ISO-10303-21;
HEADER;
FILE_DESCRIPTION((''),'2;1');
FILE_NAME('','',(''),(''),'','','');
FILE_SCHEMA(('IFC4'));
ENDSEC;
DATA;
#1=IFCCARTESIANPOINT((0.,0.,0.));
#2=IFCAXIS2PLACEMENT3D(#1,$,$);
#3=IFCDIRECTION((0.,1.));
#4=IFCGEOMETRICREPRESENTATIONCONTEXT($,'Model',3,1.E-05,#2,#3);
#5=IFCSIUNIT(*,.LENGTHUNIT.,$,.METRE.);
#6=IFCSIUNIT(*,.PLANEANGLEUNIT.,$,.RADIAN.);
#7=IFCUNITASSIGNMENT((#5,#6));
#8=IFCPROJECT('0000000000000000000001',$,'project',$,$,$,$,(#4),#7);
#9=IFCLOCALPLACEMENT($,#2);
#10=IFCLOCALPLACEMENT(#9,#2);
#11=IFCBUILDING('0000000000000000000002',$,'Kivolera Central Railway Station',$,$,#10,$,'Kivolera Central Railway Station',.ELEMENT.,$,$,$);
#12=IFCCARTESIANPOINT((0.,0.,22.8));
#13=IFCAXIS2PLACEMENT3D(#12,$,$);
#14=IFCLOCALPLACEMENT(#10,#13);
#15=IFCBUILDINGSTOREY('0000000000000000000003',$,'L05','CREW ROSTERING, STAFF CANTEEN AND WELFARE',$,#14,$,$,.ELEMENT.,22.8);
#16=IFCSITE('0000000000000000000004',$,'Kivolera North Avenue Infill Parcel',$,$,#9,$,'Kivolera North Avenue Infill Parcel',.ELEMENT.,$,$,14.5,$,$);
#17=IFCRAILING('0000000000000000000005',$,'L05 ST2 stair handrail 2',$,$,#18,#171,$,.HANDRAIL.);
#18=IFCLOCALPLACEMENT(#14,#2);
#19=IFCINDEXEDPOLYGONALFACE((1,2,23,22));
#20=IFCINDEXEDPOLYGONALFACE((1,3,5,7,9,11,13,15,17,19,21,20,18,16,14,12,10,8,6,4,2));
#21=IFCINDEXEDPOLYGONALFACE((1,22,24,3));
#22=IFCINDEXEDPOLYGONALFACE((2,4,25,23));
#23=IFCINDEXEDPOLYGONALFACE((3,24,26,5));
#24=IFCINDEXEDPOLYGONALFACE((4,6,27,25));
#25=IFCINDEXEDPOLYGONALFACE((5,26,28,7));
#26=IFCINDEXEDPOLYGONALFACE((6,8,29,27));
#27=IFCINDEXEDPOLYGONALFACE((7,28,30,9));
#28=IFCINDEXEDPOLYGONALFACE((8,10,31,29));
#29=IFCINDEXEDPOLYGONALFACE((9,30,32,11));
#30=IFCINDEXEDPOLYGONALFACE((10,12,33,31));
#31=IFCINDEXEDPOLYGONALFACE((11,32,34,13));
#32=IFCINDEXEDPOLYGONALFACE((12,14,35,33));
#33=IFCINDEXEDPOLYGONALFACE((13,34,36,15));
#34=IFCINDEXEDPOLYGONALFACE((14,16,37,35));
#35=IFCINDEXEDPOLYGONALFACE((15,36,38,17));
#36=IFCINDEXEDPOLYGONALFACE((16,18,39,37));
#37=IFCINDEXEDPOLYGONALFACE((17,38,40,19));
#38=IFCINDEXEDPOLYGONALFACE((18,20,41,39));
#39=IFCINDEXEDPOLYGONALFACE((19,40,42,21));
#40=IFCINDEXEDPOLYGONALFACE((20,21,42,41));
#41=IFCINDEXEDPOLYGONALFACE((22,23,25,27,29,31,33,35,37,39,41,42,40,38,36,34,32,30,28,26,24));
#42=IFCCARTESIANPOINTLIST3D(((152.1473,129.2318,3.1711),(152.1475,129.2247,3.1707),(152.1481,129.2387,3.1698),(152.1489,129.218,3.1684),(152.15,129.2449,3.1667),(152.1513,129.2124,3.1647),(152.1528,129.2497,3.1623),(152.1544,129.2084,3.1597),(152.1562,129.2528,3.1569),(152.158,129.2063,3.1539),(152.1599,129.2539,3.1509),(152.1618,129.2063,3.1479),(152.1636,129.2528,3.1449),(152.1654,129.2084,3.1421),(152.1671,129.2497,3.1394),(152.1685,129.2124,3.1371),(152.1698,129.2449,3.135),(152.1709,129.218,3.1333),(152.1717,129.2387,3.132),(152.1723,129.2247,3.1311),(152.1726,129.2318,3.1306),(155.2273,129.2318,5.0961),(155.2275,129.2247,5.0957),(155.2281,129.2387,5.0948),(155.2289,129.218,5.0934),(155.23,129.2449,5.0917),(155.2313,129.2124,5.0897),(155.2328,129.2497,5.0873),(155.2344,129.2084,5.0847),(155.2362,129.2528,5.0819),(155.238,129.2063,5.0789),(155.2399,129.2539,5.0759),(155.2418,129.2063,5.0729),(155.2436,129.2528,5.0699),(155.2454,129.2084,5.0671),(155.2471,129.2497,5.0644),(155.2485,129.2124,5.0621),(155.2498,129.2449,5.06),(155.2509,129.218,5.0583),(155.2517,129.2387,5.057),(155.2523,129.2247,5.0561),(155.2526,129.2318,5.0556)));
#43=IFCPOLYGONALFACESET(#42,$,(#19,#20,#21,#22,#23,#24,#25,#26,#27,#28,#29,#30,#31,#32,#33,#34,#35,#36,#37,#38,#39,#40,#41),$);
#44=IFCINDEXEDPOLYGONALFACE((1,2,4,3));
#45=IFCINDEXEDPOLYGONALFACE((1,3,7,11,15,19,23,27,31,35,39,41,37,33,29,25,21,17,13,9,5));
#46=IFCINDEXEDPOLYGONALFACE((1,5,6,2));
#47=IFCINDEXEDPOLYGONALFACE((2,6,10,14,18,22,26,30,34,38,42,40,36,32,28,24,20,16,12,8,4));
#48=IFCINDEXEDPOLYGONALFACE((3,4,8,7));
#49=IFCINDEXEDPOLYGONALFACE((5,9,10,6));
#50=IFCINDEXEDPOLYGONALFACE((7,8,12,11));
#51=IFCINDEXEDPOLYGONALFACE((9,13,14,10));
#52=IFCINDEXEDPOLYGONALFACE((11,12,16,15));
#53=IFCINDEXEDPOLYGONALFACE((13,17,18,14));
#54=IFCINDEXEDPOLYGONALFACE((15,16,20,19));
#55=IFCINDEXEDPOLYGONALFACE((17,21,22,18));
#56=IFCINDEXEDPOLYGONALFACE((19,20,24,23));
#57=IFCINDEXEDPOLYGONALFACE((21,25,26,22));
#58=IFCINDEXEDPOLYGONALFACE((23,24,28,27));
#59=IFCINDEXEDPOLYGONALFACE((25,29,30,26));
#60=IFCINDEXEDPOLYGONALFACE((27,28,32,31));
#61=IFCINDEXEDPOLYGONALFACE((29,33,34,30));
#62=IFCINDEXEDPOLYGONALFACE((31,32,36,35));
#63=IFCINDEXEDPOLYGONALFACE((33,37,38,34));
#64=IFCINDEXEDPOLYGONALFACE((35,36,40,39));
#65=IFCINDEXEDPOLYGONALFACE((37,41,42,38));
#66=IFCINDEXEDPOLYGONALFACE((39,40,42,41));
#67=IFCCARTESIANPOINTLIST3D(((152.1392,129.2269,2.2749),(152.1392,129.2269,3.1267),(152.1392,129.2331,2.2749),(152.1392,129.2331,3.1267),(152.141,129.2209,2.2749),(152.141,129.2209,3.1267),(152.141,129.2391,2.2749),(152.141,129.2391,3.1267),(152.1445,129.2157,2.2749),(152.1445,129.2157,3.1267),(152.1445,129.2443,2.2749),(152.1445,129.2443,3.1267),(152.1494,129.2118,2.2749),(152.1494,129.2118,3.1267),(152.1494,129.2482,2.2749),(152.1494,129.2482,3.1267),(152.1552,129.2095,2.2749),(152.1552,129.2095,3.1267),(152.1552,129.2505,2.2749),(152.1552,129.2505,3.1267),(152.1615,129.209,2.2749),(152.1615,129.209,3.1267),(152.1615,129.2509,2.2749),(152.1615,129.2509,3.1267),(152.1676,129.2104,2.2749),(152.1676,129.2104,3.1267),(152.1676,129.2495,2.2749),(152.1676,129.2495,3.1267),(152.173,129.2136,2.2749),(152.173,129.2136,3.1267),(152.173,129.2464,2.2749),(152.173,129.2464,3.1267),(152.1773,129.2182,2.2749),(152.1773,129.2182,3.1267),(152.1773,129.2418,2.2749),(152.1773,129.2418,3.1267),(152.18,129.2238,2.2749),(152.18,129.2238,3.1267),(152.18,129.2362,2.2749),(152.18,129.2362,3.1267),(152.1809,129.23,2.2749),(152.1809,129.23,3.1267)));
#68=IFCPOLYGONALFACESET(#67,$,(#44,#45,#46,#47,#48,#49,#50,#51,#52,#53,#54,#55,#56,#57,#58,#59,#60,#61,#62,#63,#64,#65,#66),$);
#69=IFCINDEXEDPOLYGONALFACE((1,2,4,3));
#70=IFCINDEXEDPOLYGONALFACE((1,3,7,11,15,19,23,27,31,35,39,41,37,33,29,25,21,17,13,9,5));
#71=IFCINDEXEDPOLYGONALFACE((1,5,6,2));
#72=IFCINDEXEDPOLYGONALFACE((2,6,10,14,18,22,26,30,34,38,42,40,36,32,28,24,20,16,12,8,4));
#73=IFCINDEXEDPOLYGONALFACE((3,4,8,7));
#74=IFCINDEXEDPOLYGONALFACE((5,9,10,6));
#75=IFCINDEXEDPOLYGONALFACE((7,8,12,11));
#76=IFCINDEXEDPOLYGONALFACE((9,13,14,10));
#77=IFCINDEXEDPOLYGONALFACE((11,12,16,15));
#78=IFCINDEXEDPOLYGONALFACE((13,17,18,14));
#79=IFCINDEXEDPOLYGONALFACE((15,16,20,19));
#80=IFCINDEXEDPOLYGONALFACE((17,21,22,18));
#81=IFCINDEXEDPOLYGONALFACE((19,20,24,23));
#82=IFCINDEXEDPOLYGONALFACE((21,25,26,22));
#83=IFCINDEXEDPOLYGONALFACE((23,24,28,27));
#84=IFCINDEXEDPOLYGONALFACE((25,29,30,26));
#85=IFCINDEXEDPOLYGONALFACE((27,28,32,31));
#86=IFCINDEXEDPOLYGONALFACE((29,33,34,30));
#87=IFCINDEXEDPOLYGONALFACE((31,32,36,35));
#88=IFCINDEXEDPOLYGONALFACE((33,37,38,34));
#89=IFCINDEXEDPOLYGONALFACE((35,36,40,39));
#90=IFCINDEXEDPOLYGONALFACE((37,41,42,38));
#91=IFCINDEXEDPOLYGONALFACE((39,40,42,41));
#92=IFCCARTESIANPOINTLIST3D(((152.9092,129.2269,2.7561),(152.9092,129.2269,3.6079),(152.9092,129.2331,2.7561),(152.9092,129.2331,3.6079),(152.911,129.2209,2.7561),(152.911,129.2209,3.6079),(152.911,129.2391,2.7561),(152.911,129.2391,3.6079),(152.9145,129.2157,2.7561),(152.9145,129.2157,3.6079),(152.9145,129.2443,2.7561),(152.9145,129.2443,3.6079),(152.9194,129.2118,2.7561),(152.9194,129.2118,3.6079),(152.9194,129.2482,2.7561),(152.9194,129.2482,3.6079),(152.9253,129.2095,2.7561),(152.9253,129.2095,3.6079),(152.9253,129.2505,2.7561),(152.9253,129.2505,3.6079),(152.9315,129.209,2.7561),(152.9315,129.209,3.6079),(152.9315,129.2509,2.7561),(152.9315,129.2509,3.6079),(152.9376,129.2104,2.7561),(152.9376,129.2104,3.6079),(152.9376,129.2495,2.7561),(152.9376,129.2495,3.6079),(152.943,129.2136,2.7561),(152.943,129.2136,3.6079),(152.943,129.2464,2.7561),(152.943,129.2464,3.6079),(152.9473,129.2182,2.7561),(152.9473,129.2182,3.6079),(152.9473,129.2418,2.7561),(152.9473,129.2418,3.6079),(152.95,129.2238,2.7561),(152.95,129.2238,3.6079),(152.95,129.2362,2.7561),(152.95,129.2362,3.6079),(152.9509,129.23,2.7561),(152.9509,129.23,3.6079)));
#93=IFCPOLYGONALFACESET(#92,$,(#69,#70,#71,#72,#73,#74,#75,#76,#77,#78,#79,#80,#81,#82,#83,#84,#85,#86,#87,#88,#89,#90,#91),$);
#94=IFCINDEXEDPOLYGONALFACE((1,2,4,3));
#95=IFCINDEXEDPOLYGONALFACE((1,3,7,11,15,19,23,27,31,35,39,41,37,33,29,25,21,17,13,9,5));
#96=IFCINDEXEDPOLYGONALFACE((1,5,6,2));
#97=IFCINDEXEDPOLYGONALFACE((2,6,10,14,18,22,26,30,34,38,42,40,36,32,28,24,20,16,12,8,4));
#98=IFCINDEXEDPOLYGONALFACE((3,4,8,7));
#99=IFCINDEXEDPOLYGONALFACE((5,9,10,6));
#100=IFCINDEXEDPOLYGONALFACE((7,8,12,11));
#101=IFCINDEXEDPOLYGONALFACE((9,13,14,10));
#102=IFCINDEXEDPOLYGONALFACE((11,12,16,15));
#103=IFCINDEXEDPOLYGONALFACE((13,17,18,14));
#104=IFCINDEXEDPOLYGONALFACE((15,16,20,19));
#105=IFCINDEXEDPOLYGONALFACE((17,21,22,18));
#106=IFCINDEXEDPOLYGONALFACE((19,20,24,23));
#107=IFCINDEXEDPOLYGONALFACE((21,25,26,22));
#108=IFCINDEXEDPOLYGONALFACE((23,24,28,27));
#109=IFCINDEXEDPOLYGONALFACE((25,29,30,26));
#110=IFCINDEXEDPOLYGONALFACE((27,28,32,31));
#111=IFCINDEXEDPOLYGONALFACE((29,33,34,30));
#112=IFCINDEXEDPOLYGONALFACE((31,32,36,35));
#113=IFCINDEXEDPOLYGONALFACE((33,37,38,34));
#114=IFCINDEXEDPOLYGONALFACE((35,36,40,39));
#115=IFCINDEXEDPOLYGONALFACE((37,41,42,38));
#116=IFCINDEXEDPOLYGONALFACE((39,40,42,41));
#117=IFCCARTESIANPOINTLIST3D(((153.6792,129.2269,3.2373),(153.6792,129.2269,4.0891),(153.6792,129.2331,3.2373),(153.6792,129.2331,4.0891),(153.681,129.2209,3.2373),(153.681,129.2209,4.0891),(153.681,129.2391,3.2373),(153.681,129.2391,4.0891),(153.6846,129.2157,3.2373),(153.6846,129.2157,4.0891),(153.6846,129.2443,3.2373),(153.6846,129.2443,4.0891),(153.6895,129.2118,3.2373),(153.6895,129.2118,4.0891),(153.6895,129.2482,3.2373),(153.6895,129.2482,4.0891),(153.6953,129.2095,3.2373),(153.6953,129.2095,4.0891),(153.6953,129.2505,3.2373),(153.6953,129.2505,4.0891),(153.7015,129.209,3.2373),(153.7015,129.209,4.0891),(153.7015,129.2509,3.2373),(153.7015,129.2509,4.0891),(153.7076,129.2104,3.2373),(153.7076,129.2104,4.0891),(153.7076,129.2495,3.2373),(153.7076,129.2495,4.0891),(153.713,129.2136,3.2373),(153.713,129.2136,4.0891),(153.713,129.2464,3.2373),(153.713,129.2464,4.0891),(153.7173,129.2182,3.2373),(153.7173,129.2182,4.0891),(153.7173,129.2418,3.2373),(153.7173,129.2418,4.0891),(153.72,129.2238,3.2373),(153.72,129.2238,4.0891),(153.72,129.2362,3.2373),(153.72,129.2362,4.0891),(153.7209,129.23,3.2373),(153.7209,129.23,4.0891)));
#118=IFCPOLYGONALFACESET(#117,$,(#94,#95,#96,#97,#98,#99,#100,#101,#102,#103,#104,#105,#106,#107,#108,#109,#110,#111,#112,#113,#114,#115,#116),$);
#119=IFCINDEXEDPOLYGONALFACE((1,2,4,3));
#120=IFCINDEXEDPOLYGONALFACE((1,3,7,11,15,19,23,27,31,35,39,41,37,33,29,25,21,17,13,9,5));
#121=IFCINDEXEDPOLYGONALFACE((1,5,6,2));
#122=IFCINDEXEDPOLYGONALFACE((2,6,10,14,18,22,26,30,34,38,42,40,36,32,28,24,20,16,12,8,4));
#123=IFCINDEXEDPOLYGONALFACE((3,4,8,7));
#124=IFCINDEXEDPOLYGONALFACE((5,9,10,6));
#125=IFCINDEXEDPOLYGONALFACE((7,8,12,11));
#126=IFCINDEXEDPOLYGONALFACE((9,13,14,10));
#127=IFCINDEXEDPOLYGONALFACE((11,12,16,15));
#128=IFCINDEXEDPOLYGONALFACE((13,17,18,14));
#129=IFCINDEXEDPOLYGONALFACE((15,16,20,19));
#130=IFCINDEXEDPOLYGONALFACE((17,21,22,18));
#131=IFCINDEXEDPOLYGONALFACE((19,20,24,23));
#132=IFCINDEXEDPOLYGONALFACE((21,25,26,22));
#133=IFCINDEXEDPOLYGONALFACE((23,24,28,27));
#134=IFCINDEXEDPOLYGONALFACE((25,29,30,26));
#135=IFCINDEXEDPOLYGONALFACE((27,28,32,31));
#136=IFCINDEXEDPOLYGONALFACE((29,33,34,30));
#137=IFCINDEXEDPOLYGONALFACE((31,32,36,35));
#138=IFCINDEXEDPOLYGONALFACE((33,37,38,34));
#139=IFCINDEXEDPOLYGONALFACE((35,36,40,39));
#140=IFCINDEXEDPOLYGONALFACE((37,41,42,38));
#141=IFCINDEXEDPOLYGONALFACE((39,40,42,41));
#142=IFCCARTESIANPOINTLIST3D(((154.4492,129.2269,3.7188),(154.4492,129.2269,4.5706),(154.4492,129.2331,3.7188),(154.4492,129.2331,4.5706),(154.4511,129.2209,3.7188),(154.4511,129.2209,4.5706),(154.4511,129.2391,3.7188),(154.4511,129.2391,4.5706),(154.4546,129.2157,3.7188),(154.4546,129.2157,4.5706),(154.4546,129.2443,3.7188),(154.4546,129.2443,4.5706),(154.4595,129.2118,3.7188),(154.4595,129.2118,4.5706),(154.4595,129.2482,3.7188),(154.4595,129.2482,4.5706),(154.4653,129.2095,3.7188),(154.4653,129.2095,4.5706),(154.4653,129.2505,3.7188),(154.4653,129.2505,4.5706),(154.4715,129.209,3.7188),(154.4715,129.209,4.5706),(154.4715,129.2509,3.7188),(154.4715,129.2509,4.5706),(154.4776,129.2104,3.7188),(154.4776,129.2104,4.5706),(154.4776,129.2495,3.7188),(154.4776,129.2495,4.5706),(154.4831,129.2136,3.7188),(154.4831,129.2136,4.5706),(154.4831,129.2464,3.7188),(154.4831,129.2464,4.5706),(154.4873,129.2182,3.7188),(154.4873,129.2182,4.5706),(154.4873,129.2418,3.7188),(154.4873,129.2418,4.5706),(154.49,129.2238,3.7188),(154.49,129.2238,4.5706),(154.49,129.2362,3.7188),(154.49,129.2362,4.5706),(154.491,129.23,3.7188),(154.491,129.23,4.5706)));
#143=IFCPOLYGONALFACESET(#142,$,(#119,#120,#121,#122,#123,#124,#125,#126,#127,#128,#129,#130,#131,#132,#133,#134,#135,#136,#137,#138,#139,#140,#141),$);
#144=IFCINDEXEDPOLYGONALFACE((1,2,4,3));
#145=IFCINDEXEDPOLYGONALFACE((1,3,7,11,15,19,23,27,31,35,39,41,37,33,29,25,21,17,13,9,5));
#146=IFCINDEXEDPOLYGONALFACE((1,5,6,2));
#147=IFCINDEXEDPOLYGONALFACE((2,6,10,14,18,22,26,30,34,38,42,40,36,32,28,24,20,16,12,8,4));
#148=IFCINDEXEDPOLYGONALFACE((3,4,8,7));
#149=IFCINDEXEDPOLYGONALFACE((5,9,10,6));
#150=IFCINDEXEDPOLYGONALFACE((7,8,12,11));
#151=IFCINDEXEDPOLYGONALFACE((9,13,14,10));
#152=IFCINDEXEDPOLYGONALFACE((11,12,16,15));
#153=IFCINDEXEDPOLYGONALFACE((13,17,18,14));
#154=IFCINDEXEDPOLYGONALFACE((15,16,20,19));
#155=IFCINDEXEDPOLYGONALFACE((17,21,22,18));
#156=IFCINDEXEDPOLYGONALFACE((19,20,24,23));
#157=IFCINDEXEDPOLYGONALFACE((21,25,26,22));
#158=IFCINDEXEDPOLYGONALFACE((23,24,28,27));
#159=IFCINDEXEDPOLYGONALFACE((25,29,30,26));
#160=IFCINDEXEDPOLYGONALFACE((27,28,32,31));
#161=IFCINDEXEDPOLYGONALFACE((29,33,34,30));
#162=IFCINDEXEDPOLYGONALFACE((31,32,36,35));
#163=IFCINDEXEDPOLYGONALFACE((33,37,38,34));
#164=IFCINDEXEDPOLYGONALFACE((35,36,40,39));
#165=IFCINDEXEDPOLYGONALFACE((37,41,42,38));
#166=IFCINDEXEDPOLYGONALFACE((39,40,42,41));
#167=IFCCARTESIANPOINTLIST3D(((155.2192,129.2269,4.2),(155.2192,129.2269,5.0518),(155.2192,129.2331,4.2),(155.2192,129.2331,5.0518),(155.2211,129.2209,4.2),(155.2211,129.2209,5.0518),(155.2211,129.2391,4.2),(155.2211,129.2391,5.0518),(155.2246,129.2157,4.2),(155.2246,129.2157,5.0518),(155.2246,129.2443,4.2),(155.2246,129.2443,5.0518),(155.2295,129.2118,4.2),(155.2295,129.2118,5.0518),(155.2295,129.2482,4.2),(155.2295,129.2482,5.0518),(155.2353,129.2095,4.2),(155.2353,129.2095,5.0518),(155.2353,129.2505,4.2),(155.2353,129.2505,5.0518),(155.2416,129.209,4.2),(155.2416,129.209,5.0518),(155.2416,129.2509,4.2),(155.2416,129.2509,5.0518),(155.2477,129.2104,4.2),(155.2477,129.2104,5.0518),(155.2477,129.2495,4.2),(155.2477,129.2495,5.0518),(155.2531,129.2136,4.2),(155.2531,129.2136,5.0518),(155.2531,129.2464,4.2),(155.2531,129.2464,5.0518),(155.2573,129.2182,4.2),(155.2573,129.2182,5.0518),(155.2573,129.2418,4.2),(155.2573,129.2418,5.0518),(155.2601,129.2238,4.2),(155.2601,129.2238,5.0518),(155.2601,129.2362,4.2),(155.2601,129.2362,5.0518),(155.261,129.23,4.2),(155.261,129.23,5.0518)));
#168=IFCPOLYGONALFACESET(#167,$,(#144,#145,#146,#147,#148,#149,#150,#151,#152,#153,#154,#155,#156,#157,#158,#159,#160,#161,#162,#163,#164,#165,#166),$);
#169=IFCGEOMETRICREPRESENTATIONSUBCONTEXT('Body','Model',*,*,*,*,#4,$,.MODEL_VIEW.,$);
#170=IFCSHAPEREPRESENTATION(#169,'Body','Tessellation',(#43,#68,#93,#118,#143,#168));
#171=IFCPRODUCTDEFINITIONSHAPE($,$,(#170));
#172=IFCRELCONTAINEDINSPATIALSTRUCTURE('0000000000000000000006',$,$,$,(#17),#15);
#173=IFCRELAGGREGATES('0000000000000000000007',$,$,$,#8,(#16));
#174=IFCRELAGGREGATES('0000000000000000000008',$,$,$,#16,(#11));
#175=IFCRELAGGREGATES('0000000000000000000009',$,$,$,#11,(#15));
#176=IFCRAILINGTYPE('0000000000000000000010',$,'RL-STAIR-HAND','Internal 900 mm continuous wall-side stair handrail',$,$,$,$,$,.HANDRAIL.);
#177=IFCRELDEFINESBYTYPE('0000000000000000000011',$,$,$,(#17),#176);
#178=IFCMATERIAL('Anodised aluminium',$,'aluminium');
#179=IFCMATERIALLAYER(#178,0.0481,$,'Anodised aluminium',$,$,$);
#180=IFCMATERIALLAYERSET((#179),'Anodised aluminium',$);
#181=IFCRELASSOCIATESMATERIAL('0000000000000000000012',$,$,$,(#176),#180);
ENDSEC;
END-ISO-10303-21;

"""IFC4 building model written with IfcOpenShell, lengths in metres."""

from ifc_helpers import new_model, si_unit, direction, frame, origin, origin_2d, place, context, subcontext, project, spatial, circle, extrude, material, layer, layer_set, type_object, element, save


model = new_model("IFC4")

# Units and contexts
model_context = context("Model", 3, precision=1e-05, world=origin(), true_north=direction((0.0, 1.0)))
body_context = subcontext(model_context, "Body", "Model", "MODEL_VIEW")
ifc_project = project(units=[si_unit("LENGTHUNIT", "METRE"), si_unit("PLANEANGLEUNIT", "RADIAN")], contexts=[model_context])

# Site, building, storey
site_placement = place(None, origin())
site = spatial("IfcSite", under=ifc_project, at=site_placement, Name="Kivolera North Avenue Infill Parcel", LongName="Kivolera North Avenue Infill Parcel", CompositionType="ELEMENT", RefElevation=14.5)
building_placement = place(site_placement, origin())
building = spatial("IfcBuilding", under=site, at=building_placement, Name="Kivolera Central Railway Station", LongName="Kivolera Central Railway Station", CompositionType="ELEMENT")
storey_placement = place(building_placement, frame((0.0, 0.0, 22.8)))
storey = spatial("IfcBuildingStorey", under=building, at=storey_placement, Name="L05", Description="CREW ROSTERING, STAFF CANTEEN AND WELFARE", CompositionType="ELEMENT", Elevation=22.8)

# Railing
ifc_material_1 = material(Name="Anodised aluminium", Category="aluminium")
ifc_layer_1 = layer(ifc_material_1, 0.0481, Name="Anodised aluminium")
ifc_layer_set_1 = layer_set([ifc_layer_1], Name="Anodised aluminium")
railing_type = type_object("IfcRailingType", Name="RL-STAIR-HAND", Description="Internal 900 mm continuous wall-side stair handrail", PredefinedType="HANDRAIL", material=ifc_layer_set_1)
railing_placement = place(storey_placement, frame((152.1599, 129.23, 2.2749)))
element("IfcRailing", 1, at=railing_placement, inside=storey, type_object=railing_type, Name="L05 ST2 stair handrail 2", PredefinedType="HANDRAIL", context=body_context, shape_type="SweptSolid", body=[
    extrude(circle(Radius=0.0239, at=origin_2d()), frame((0.0, 0.0, 0.876), z_axis=(0.847998, 0.0, 0.529999), x_axis=(0.0, 1.0, 0.0)), (0.0, 0.0, 1.0), 3.6321),
    extrude(circle(Radius=0.021, at=origin_2d()), origin(), (0.0, 0.0, 1.0), 0.8518),
    extrude(circle(Radius=0.021, at=origin_2d()), frame((0.77, 0.0, 0.4812)), (0.0, 0.0, 1.0), 0.8518),
    extrude(circle(Radius=0.021, at=origin_2d()), frame((1.54, 0.0, 0.9624)), (0.0, 0.0, 1.0), 0.8518),
    extrude(circle(Radius=0.021, at=origin_2d()), frame((2.3101, 0.0, 1.4438)), (0.0, 0.0, 1.0), 0.8518),
    extrude(circle(Radius=0.021, at=origin_2d()), frame((3.0801, 0.0, 1.925)), (0.0, 0.0, 1.0), 0.8518),
])

save(model, "model.ifc")
